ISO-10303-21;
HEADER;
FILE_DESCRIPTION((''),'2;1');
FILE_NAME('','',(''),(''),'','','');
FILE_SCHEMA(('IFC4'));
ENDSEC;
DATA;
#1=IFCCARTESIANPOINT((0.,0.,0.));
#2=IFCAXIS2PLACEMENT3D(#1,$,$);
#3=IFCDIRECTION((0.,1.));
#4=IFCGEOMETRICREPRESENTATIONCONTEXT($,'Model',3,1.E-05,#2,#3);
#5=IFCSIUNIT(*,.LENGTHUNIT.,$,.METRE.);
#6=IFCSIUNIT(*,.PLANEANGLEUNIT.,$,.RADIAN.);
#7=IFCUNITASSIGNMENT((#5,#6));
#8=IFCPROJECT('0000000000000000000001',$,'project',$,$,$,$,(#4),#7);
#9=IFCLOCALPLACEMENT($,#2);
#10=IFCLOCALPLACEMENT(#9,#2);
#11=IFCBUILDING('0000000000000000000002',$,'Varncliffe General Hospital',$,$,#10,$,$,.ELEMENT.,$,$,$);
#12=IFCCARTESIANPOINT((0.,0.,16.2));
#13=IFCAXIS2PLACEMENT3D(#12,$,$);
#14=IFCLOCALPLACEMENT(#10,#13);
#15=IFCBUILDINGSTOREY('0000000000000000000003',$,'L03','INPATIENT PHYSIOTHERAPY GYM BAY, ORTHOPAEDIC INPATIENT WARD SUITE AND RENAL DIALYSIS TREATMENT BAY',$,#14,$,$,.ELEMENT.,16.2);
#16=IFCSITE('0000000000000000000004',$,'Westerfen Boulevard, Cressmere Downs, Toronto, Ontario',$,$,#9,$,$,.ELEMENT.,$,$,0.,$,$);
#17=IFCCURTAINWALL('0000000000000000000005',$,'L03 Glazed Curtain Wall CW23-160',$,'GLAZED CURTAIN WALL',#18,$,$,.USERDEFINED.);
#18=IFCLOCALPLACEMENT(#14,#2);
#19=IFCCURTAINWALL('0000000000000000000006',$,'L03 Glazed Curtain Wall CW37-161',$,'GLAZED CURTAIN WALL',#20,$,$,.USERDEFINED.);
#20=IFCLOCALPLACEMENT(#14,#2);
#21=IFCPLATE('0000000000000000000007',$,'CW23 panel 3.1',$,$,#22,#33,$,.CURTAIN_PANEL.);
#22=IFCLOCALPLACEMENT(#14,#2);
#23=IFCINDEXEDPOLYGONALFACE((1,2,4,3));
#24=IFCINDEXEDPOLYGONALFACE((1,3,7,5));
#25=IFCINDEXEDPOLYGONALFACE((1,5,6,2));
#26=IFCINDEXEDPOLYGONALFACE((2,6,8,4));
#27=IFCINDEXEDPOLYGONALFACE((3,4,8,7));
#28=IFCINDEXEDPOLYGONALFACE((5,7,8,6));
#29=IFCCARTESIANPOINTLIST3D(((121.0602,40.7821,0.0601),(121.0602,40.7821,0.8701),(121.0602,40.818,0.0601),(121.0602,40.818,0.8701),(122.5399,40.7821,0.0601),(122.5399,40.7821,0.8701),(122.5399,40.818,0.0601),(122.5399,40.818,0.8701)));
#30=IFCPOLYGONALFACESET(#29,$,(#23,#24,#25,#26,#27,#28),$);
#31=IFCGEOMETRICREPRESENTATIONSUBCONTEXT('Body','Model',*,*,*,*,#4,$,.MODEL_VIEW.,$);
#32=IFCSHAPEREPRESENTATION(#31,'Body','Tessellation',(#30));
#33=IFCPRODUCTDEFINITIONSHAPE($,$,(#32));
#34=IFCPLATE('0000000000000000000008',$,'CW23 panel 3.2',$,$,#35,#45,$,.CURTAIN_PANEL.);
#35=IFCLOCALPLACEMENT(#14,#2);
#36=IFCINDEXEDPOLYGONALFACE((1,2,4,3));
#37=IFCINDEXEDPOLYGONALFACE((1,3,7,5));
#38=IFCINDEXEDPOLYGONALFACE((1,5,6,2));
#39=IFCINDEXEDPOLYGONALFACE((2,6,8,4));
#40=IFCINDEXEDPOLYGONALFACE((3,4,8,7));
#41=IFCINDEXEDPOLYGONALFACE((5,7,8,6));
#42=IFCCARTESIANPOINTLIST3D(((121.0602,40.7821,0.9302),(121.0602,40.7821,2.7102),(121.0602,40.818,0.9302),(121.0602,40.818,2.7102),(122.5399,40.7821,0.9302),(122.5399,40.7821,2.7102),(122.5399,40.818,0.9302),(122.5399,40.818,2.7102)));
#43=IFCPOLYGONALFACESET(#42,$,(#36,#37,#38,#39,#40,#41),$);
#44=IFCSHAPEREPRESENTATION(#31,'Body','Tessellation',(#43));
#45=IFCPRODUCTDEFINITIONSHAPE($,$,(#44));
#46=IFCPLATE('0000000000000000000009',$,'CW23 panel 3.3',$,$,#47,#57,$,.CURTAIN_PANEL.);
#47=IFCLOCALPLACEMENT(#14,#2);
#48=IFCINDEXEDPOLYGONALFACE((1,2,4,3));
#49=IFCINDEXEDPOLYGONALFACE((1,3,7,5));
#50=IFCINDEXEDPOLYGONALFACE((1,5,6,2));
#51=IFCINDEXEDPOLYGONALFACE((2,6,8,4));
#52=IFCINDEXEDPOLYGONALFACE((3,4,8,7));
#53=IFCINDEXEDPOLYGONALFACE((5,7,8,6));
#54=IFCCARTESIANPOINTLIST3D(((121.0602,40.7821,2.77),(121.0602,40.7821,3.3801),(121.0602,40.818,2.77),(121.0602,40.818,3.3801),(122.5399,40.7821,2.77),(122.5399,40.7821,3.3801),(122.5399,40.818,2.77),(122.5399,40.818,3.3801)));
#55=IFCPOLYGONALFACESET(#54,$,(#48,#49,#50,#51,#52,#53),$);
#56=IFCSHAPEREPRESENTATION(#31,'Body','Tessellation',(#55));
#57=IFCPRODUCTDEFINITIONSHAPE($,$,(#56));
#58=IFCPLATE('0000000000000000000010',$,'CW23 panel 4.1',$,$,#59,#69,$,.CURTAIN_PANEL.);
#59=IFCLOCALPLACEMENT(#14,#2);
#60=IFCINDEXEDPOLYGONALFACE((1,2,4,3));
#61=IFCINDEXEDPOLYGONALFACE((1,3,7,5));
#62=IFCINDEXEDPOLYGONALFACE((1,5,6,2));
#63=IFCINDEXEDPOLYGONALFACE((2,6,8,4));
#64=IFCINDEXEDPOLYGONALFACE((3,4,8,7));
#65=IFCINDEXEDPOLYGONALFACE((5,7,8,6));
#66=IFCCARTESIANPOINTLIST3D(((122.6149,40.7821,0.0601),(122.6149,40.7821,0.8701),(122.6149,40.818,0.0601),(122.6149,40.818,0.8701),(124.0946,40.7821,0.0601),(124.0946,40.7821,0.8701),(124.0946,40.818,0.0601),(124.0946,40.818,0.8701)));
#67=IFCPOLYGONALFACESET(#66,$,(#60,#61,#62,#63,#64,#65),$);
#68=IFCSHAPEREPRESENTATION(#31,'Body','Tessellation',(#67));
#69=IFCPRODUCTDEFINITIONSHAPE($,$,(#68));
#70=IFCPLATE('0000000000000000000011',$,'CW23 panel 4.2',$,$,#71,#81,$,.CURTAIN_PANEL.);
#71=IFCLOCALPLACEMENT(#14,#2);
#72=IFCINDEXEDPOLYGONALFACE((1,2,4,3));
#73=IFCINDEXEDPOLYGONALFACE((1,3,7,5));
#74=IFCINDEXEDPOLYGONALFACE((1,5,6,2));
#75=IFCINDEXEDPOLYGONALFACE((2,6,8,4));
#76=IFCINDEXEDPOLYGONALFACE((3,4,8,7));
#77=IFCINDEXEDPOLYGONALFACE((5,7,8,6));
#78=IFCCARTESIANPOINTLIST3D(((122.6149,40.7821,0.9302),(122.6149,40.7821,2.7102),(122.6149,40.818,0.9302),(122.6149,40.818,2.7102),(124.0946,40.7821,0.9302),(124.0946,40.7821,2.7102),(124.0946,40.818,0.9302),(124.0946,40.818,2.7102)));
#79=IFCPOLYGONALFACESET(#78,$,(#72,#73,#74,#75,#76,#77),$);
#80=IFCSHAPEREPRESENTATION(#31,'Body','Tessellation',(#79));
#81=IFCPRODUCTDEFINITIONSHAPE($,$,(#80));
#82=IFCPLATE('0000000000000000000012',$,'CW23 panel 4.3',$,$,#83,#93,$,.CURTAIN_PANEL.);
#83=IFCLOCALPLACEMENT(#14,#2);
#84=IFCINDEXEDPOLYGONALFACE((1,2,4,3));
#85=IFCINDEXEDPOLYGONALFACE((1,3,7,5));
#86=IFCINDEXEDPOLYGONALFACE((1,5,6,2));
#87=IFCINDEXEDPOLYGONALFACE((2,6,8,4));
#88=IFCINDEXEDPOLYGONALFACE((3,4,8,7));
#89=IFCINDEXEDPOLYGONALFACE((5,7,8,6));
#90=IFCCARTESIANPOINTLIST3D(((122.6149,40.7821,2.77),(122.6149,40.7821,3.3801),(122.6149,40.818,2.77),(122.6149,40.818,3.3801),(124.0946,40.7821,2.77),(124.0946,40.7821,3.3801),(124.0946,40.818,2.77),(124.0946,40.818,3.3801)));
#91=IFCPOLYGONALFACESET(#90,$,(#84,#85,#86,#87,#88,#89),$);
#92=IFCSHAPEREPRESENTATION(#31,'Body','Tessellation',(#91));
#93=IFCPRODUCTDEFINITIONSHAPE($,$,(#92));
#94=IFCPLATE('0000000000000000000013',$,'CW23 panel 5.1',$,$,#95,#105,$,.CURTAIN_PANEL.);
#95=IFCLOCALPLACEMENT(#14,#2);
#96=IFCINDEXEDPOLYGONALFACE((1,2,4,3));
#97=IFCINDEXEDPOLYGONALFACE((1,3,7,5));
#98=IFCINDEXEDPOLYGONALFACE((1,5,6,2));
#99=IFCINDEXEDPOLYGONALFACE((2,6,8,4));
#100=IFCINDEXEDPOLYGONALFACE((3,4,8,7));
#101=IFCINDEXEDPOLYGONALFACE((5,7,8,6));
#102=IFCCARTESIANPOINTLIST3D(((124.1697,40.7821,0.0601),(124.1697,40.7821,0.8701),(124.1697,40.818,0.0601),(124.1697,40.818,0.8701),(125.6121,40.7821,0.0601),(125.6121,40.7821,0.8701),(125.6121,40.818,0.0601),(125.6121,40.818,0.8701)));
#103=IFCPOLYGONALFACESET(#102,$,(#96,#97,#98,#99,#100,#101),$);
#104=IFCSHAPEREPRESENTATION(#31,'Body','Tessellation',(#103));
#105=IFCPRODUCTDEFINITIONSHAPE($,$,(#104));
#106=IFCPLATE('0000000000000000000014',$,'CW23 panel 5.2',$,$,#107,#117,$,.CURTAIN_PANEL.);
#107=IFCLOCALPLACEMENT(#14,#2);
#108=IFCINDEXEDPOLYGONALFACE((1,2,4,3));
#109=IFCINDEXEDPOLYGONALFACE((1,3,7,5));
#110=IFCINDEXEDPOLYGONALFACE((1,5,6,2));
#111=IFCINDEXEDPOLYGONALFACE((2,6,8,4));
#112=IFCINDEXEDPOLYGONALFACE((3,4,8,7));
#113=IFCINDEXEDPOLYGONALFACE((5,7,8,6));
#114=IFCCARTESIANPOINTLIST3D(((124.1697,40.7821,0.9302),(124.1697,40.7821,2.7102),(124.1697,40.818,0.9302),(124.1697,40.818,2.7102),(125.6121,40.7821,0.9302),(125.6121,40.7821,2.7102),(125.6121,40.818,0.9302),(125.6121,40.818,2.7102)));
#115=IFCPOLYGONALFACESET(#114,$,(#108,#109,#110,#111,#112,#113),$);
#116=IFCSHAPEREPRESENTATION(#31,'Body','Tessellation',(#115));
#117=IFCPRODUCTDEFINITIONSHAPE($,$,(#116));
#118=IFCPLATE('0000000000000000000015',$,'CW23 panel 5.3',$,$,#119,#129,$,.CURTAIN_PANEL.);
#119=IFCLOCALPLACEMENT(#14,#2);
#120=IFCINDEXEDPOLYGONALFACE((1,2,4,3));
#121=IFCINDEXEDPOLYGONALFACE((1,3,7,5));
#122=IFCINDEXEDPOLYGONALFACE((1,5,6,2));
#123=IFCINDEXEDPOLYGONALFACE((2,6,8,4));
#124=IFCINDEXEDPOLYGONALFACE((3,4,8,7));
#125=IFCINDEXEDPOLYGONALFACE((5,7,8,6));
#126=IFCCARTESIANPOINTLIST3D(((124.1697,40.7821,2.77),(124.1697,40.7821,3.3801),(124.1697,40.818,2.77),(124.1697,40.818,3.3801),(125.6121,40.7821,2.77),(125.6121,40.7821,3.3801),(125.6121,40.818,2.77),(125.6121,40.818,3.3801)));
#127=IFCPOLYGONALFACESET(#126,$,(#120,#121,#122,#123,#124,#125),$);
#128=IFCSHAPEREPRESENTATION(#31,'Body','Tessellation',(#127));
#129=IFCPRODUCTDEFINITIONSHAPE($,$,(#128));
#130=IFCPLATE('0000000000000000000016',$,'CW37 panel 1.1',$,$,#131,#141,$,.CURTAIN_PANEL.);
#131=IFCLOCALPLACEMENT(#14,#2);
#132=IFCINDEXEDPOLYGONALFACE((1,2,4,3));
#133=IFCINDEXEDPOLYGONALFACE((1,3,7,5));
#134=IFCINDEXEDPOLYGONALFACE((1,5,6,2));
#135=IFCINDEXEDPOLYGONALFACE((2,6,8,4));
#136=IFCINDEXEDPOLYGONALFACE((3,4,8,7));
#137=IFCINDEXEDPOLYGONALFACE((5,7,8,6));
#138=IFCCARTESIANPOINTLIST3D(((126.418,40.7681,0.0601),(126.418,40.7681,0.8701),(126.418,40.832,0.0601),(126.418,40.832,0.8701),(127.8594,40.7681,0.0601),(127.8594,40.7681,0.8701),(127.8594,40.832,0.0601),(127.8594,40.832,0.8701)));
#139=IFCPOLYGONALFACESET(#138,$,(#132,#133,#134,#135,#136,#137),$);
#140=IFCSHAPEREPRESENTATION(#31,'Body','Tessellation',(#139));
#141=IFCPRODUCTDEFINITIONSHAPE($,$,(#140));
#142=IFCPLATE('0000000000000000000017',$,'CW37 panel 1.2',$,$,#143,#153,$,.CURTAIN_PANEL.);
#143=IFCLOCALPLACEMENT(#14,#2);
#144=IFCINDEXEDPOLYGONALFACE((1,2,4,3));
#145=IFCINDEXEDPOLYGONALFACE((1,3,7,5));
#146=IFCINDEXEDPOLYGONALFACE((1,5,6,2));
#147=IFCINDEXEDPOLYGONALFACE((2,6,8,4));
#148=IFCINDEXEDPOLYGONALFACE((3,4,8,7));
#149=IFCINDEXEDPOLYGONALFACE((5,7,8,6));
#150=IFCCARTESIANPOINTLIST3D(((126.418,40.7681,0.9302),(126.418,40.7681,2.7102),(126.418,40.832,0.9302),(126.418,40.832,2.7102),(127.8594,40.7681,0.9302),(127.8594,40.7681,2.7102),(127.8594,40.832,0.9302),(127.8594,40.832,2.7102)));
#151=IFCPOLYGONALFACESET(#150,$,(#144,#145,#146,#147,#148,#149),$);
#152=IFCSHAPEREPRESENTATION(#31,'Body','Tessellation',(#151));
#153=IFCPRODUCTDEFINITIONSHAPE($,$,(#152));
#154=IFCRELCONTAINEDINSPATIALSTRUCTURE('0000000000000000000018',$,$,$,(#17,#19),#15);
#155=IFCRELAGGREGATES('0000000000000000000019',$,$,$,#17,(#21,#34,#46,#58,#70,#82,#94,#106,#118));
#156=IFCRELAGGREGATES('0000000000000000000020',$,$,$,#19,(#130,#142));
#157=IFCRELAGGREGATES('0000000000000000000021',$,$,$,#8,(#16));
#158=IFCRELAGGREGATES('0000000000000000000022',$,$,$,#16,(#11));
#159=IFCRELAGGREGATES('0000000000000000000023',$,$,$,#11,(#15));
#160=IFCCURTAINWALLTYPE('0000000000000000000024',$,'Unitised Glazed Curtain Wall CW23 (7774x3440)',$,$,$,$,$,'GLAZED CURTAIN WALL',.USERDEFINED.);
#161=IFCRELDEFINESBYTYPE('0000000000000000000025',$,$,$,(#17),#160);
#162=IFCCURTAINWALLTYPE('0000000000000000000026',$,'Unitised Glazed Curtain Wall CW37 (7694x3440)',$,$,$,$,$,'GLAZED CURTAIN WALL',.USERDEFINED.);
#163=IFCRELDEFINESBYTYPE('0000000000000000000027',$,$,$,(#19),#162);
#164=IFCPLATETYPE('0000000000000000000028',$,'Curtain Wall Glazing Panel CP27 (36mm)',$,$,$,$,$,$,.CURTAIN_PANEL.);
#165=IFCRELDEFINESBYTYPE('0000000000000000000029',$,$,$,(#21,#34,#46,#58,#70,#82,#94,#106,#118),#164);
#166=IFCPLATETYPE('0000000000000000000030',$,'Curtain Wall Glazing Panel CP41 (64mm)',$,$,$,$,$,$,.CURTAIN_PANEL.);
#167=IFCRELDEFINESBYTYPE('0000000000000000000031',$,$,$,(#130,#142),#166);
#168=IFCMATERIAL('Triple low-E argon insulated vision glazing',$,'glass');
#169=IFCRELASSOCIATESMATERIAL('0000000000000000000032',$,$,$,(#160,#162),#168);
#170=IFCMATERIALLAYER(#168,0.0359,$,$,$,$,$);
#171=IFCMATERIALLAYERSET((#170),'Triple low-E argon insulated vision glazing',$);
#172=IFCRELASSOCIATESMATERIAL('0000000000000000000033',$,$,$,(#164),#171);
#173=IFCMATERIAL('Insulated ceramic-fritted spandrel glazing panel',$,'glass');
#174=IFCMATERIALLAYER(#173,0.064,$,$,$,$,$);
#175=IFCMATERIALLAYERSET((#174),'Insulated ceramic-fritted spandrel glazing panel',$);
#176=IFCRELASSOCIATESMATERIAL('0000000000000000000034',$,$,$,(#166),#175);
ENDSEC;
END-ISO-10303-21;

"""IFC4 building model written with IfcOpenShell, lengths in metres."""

from ifc_helpers import new_model, si_unit, direction, frame, origin, origin_2d, place, context, subcontext, project, spatial, rectangle, extrude, material, layer, layer_set, type_object, element, aggregate, save


model = new_model("IFC4")

# Units and contexts
model_context = context("Model", 3, precision=1e-05, world=origin(), true_north=direction((0.0, 1.0)))
body_context = subcontext(model_context, "Body", "Model", "MODEL_VIEW")
ifc_project = project(units=[si_unit("LENGTHUNIT", "METRE"), si_unit("PLANEANGLEUNIT", "RADIAN")], contexts=[model_context])

# Site, building, storey
site_placement = place(None, origin())
site = spatial("IfcSite", under=ifc_project, at=site_placement, Name="Westerfen Boulevard, Cressmere Downs, Toronto, Ontario", CompositionType="ELEMENT", RefElevation=0.0)
building_placement = place(site_placement, origin())
building = spatial("IfcBuilding", under=site, at=building_placement, Name="Varncliffe General Hospital", CompositionType="ELEMENT")
storey_placement = place(building_placement, frame((0.0, 0.0, 16.2)))
storey = spatial("IfcBuildingStorey", under=building, at=storey_placement, Name="L03", Description="INPATIENT PHYSIOTHERAPY GYM BAY, ORTHOPAEDIC INPATIENT WARD SUITE AND RENAL DIALYSIS TREATMENT BAY", CompositionType="ELEMENT", Elevation=16.2)

# Curtain wall
ifc_material_1 = material(Name="Triple low-E argon insulated vision glazing", Category="glass")
curtain_wall_type_1 = type_object("IfcCurtainWallType", Name="Unitised Glazed Curtain Wall CW23 (7774x3440)", ElementType="GLAZED CURTAIN WALL", PredefinedType="USERDEFINED", material=ifc_material_1)
curtain_wall_1_placement = place(storey_placement, origin())
curtain_wall_1 = element("IfcCurtainWall", 1, at=curtain_wall_1_placement, inside=storey, type_object=curtain_wall_type_1, Name="L03 Glazed Curtain Wall CW23-160", ObjectType="GLAZED CURTAIN WALL", PredefinedType="USERDEFINED")

# Curtain wall
curtain_wall_type_2 = type_object("IfcCurtainWallType", Name="Unitised Glazed Curtain Wall CW37 (7694x3440)", ElementType="GLAZED CURTAIN WALL", PredefinedType="USERDEFINED", material=ifc_material_1)
curtain_wall_2_placement = place(storey_placement, origin())
curtain_wall_2 = element("IfcCurtainWall", 2, at=curtain_wall_2_placement, inside=storey, type_object=curtain_wall_type_2, Name="L03 Glazed Curtain Wall CW37-161", ObjectType="GLAZED CURTAIN WALL", PredefinedType="USERDEFINED")

# Plates
ifc_layer_1 = layer(ifc_material_1, 0.0359)
ifc_layer_set_1 = layer_set([ifc_layer_1], Name="Triple low-E argon insulated vision glazing")
plate_type_1 = type_object("IfcPlateType", Name="Curtain Wall Glazing Panel CP27 (36mm)", PredefinedType="CURTAIN_PANEL", material=ifc_layer_set_1)
plate_1_placement = place(storey_placement, frame((121.8, 40.8, 0.0601), z_axis=(0.0, 0.0, 1.0), x_axis=(1.0, 0.0, 0.0)))
plate_1 = element("IfcPlate", 3, at=plate_1_placement, type_object=plate_type_1, Name="CW23 panel 3.1", PredefinedType="CURTAIN_PANEL", context=body_context, shape_type="SweptSolid", body=[
    extrude(rectangle(XDim=1.4797, YDim=0.0359, at=origin_2d()), origin(), (0.0, 0.0, 1.0), 0.8101),
])
plate_2_placement = place(storey_placement, frame((121.8, 40.8, 0.9302), z_axis=(0.0, 0.0, 1.0), x_axis=(1.0, 0.0, 0.0)))
plate_2 = element("IfcPlate", 4, at=plate_2_placement, type_object=plate_type_1, Name="CW23 panel 3.2", PredefinedType="CURTAIN_PANEL", context=body_context, shape_type="SweptSolid", body=[
    extrude(rectangle(XDim=1.4797, YDim=0.0359, at=origin_2d()), origin(), (0.0, 0.0, 1.0), 1.78),
])
plate_3_placement = place(storey_placement, frame((121.8, 40.8, 2.77), z_axis=(0.0, 0.0, 1.0), x_axis=(1.0, 0.0, 0.0)))
plate_3 = element("IfcPlate", 5, at=plate_3_placement, type_object=plate_type_1, Name="CW23 panel 3.3", PredefinedType="CURTAIN_PANEL", context=body_context, shape_type="SweptSolid", body=[
    extrude(rectangle(XDim=1.4797, YDim=0.0359, at=origin_2d()), origin(), (0.0, 0.0, 1.0), 0.6101),
])
plate_4_placement = place(storey_placement, frame((123.3547, 40.8, 0.0601), z_axis=(0.0, 0.0, 1.0), x_axis=(1.0, 0.0, 0.0)))
plate_4 = element("IfcPlate", 6, at=plate_4_placement, type_object=plate_type_1, Name="CW23 panel 4.1", PredefinedType="CURTAIN_PANEL", context=body_context, shape_type="SweptSolid", body=[
    extrude(rectangle(XDim=1.4797, YDim=0.0359, at=origin_2d()), origin(), (0.0, 0.0, 1.0), 0.8101),
])
plate_5_placement = place(storey_placement, frame((123.3547, 40.8, 0.9302), z_axis=(0.0, 0.0, 1.0), x_axis=(1.0, 0.0, 0.0)))
plate_5 = element("IfcPlate", 7, at=plate_5_placement, type_object=plate_type_1, Name="CW23 panel 4.2", PredefinedType="CURTAIN_PANEL", context=body_context, shape_type="SweptSolid", body=[
    extrude(rectangle(XDim=1.4797, YDim=0.0359, at=origin_2d()), origin(), (0.0, 0.0, 1.0), 1.78),
])
plate_6_placement = place(storey_placement, frame((123.3547, 40.8, 2.77), z_axis=(0.0, 0.0, 1.0), x_axis=(1.0, 0.0, 0.0)))
plate_6 = element("IfcPlate", 8, at=plate_6_placement, type_object=plate_type_1, Name="CW23 panel 4.3", PredefinedType="CURTAIN_PANEL", context=body_context, shape_type="SweptSolid", body=[
    extrude(rectangle(XDim=1.4797, YDim=0.0359, at=origin_2d()), origin(), (0.0, 0.0, 1.0), 0.6101),
])
plate_7_placement = place(storey_placement, frame((124.8909, 40.8, 0.0601), z_axis=(0.0, 0.0, 1.0), x_axis=(1.0, 0.0, 0.0)))
plate_7 = element("IfcPlate", 9, at=plate_7_placement, type_object=plate_type_1, Name="CW23 panel 5.1", PredefinedType="CURTAIN_PANEL", context=body_context, shape_type="SweptSolid", body=[
    extrude(rectangle(XDim=1.4424, YDim=0.0359, at=origin_2d()), origin(), (0.0, 0.0, 1.0), 0.8101),
])
plate_8_placement = place(storey_placement, frame((124.8909, 40.8, 0.9302), z_axis=(0.0, 0.0, 1.0), x_axis=(1.0, 0.0, 0.0)))
plate_8 = element("IfcPlate", 10, at=plate_8_placement, type_object=plate_type_1, Name="CW23 panel 5.2", PredefinedType="CURTAIN_PANEL", context=body_context, shape_type="SweptSolid", body=[
    extrude(rectangle(XDim=1.4424, YDim=0.0359, at=origin_2d()), origin(), (0.0, 0.0, 1.0), 1.78),
])
plate_9_placement = place(storey_placement, frame((124.8909, 40.8, 2.77), z_axis=(0.0, 0.0, 1.0), x_axis=(1.0, 0.0, 0.0)))
plate_9 = element("IfcPlate", 11, at=plate_9_placement, type_object=plate_type_1, Name="CW23 panel 5.3", PredefinedType="CURTAIN_PANEL", context=body_context, shape_type="SweptSolid", body=[
    extrude(rectangle(XDim=1.4424, YDim=0.0359, at=origin_2d()), origin(), (0.0, 0.0, 1.0), 0.6101),
])
aggregate(curtain_wall_1, [plate_1, plate_2, plate_3, plate_4, plate_5, plate_6, plate_7, plate_8, plate_9])
ifc_material_2 = material(Name="Insulated ceramic-fritted spandrel glazing panel", Category="glass")
ifc_layer_2 = layer(ifc_material_2, 0.064)
ifc_layer_set_2 = layer_set([ifc_layer_2], Name="Insulated ceramic-fritted spandrel glazing panel")
plate_type_2 = type_object("IfcPlateType", Name="Curtain Wall Glazing Panel CP41 (64mm)", PredefinedType="CURTAIN_PANEL", material=ifc_layer_set_2)
plate_10_placement = place(storey_placement, frame((127.1387, 40.8, 0.0601), z_axis=(0.0, 0.0, 1.0), x_axis=(1.0, 0.0, 0.0)))
plate_10 = element("IfcPlate", 12, at=plate_10_placement, type_object=plate_type_2, Name="CW37 panel 1.1", PredefinedType="CURTAIN_PANEL", context=body_context, shape_type="SweptSolid", body=[
    extrude(rectangle(XDim=1.4414, YDim=0.064, at=origin_2d()), origin(), (0.0, 0.0, 1.0), 0.8101),
])
plate_11_placement = place(storey_placement, frame((127.1387, 40.8, 0.9302), z_axis=(0.0, 0.0, 1.0), x_axis=(1.0, 0.0, 0.0)))
plate_11 = element("IfcPlate", 13, at=plate_11_placement, type_object=plate_type_2, Name="CW37 panel 1.2", PredefinedType="CURTAIN_PANEL", context=body_context, shape_type="SweptSolid", body=[
    extrude(rectangle(XDim=1.4414, YDim=0.064, at=origin_2d()), origin(), (0.0, 0.0, 1.0), 1.78),
])
aggregate(curtain_wall_2, [plate_10, plate_11])

save(model, "model.ifc")
